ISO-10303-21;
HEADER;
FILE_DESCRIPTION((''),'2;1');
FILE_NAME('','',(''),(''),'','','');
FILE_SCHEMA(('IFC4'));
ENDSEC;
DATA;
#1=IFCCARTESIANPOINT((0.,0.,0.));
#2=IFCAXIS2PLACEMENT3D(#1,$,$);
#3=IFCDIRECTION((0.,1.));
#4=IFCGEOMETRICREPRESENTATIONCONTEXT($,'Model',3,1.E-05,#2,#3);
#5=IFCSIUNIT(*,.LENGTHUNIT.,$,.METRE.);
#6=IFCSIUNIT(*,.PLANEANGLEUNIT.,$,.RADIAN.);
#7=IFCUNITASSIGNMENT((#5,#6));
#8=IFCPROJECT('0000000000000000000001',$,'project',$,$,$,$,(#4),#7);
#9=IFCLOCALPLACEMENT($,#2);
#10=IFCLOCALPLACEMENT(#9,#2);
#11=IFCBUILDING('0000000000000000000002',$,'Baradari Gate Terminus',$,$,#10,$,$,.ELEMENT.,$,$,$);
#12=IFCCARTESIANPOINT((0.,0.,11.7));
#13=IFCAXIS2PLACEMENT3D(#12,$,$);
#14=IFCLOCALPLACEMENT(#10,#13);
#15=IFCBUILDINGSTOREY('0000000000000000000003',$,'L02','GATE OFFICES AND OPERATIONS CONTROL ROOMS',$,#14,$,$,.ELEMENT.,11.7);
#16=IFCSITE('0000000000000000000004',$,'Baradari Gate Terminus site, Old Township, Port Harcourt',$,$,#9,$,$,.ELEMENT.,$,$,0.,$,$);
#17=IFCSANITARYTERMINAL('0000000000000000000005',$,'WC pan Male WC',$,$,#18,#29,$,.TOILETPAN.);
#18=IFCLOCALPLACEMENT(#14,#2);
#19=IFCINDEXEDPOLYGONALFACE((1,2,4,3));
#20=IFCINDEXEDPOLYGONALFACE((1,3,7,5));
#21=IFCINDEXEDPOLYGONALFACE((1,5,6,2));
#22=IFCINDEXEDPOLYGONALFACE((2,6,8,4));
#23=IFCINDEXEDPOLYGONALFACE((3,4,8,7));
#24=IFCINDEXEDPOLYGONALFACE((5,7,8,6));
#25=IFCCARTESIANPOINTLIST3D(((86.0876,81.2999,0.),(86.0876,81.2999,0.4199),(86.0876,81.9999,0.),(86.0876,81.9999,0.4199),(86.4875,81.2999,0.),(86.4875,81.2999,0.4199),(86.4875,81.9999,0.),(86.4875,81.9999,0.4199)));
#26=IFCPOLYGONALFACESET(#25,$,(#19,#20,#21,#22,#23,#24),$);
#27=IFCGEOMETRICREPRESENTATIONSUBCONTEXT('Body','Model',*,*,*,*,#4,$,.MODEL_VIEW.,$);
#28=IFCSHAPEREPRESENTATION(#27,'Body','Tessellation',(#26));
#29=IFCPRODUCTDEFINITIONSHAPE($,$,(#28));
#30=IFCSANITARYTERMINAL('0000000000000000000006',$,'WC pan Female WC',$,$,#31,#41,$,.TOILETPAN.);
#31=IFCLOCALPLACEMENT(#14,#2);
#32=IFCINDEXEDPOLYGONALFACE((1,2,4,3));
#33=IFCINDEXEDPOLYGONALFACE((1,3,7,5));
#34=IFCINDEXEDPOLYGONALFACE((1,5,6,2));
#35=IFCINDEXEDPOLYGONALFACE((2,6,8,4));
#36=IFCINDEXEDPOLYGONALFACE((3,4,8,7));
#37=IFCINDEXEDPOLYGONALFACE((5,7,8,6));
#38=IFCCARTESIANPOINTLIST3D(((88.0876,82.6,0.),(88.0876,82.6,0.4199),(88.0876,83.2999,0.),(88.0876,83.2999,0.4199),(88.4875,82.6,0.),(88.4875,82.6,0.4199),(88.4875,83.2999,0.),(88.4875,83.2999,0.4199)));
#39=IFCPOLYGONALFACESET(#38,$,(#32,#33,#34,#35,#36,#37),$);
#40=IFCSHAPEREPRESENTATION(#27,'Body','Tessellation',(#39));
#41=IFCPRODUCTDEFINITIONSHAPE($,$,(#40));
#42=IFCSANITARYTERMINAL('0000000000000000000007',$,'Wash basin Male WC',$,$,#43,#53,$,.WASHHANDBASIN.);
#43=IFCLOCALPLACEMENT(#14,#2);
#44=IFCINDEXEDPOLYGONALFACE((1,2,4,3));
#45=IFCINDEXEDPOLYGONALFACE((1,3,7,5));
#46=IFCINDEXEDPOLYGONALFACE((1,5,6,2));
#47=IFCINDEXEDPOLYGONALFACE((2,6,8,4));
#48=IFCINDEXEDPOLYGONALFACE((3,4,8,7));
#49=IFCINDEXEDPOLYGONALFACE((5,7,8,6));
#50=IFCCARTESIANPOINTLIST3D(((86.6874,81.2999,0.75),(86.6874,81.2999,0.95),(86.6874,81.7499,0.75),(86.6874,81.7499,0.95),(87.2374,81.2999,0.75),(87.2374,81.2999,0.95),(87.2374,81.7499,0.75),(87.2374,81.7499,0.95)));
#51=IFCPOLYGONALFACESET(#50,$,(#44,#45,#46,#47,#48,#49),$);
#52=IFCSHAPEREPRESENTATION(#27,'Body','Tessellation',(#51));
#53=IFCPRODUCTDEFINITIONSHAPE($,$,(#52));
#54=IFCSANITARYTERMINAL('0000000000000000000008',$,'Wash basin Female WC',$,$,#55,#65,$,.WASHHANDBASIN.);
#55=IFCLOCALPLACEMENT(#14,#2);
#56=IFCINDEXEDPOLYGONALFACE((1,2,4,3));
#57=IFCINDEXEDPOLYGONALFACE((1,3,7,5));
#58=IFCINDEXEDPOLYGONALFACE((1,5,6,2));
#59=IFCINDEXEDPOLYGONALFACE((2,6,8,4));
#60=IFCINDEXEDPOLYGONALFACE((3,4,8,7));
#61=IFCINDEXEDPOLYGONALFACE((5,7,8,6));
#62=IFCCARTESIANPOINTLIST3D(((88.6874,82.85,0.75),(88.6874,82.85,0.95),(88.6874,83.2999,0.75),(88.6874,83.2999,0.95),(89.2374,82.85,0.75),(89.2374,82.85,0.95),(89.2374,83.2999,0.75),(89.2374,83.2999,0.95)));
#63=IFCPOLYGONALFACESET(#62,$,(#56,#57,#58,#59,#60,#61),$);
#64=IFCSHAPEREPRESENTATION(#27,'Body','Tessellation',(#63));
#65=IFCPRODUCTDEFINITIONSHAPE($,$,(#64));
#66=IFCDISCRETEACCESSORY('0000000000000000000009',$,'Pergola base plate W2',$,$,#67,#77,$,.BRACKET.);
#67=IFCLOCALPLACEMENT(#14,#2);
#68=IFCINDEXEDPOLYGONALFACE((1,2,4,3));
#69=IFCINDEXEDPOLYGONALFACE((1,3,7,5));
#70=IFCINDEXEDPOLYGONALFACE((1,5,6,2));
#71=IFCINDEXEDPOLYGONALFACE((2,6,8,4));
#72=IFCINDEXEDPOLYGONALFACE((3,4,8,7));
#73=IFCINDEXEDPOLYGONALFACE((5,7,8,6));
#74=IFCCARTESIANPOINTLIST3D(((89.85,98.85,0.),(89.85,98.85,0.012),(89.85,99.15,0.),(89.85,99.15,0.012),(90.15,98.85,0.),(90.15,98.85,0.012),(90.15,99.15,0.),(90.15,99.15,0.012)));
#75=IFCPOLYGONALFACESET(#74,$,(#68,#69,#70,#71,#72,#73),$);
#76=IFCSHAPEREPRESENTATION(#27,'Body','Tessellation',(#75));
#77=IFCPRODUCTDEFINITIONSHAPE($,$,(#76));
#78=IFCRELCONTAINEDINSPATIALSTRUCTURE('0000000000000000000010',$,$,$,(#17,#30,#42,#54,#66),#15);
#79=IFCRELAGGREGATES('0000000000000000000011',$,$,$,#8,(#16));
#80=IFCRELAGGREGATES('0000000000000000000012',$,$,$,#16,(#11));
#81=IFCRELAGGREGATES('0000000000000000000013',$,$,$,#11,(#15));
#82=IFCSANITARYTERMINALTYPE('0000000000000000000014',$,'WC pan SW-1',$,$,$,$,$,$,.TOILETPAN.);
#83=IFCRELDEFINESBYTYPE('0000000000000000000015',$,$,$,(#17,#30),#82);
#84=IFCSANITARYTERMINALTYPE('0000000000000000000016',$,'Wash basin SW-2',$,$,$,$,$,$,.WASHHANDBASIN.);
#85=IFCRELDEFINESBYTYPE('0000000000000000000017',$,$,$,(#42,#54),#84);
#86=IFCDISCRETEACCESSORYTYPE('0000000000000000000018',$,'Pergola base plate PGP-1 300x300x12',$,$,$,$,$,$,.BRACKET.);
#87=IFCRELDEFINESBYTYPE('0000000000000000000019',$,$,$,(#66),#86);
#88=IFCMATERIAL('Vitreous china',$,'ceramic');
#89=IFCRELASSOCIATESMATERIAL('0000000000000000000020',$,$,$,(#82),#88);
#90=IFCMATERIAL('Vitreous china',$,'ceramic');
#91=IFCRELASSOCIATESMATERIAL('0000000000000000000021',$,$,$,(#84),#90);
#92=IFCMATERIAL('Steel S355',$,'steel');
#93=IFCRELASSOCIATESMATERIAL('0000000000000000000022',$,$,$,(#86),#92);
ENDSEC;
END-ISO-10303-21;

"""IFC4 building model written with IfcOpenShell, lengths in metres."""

from ifc_helpers import new_model, si_unit, direction, frame, origin, origin_2d, place, context, subcontext, project, spatial, rectangle, extrude, material, type_object, element, save


model = new_model("IFC4")

# Units and contexts
model_context = context("Model", 3, precision=1e-05, world=origin(), true_north=direction((0.0, 1.0)))
body_context = subcontext(model_context, "Body", "Model", "MODEL_VIEW")
ifc_project = project(units=[si_unit("LENGTHUNIT", "METRE"), si_unit("PLANEANGLEUNIT", "RADIAN")], contexts=[model_context])

# Site, building, storey
site_placement = place(None, origin())
site = spatial("IfcSite", under=ifc_project, at=site_placement, Name="Baradari Gate Terminus site, Old Township, Port Harcourt", CompositionType="ELEMENT", RefElevation=0.0)
building_placement = place(site_placement, origin())
building = spatial("IfcBuilding", under=site, at=building_placement, Name="Baradari Gate Terminus", CompositionType="ELEMENT")
storey_placement = place(building_placement, frame((0.0, 0.0, 11.7)))
storey = spatial("IfcBuildingStorey", under=building, at=storey_placement, Name="L02", Description="GATE OFFICES AND OPERATIONS CONTROL ROOMS", CompositionType="ELEMENT", Elevation=11.7)

# Sanitary terminals
ifc_material_1 = material(Name="Vitreous china", Category="ceramic")
sanitary_terminal_type_1 = type_object("IfcSanitaryTerminalType", Name="WC pan SW-1", PredefinedType="TOILETPAN", material=ifc_material_1)
for number, where, z_axis, x_axis, name in (
    (1, (86.2876, 81.6499, 0.0), (0.0, 0.0, 1.0), (1.0, 0.0, 0.0), "WC pan Male WC"),
    (2, (88.2876, 82.95, 0.0), (0.0, 0.0, 1.0), (1.0, 0.0, 0.0), "WC pan Female WC"),
):
    element("IfcSanitaryTerminal", number, at=place(storey_placement, frame(where, z_axis=z_axis, x_axis=x_axis)), inside=storey, type_object=sanitary_terminal_type_1, Name=name, PredefinedType="TOILETPAN", context=body_context, shape_type="SweptSolid", body=[
        extrude(rectangle(XDim=0.3999, YDim=0.7, at=origin_2d()), origin(), (0.0, 0.0, 1.0), 0.4199),
    ])
ifc_material_2 = material(Name="Vitreous china", Category="ceramic")
sanitary_terminal_type_2 = type_object("IfcSanitaryTerminalType", Name="Wash basin SW-2", PredefinedType="WASHHANDBASIN", material=ifc_material_2)
for number, where, z_axis, x_axis, name in (
    (3, (86.9624, 81.5249, 0.75), (0.0, 0.0, 1.0), (1.0, 0.0, 0.0), "Wash basin Male WC"),
    (4, (88.9624, 83.075, 0.75), (0.0, 0.0, 1.0), (1.0, 0.0, 0.0), "Wash basin Female WC"),
):
    element("IfcSanitaryTerminal", number, at=place(storey_placement, frame(where, z_axis=z_axis, x_axis=x_axis)), inside=storey, type_object=sanitary_terminal_type_2, Name=name, PredefinedType="WASHHANDBASIN", context=body_context, shape_type="SweptSolid", body=[
        extrude(rectangle(XDim=0.55, YDim=0.45, at=origin_2d()), origin(), (0.0, 0.0, 1.0), 0.2),
    ])

# Discrete accessory
ifc_material_3 = material(Name="Steel S355", Category="steel")
discrete_accessory_type = type_object("IfcDiscreteAccessoryType", Name="Pergola base plate PGP-1 300x300x12", PredefinedType="BRACKET", material=ifc_material_3)
discrete_accessory_placement = place(storey_placement, frame((90.0, 99.0, 0.0), z_axis=(0.0, 0.0, 1.0), x_axis=(1.0, 0.0, 0.0)))
element("IfcDiscreteAccessory", 5, at=discrete_accessory_placement, inside=storey, type_object=discrete_accessory_type, Name="Pergola base plate W2", PredefinedType="BRACKET", context=body_context, shape_type="SweptSolid", body=[
    extrude(rectangle(XDim=0.3, YDim=0.3, at=origin_2d()), origin(), (0.0, 0.0, 1.0), 0.012),
])

save(model, "model.ifc")
